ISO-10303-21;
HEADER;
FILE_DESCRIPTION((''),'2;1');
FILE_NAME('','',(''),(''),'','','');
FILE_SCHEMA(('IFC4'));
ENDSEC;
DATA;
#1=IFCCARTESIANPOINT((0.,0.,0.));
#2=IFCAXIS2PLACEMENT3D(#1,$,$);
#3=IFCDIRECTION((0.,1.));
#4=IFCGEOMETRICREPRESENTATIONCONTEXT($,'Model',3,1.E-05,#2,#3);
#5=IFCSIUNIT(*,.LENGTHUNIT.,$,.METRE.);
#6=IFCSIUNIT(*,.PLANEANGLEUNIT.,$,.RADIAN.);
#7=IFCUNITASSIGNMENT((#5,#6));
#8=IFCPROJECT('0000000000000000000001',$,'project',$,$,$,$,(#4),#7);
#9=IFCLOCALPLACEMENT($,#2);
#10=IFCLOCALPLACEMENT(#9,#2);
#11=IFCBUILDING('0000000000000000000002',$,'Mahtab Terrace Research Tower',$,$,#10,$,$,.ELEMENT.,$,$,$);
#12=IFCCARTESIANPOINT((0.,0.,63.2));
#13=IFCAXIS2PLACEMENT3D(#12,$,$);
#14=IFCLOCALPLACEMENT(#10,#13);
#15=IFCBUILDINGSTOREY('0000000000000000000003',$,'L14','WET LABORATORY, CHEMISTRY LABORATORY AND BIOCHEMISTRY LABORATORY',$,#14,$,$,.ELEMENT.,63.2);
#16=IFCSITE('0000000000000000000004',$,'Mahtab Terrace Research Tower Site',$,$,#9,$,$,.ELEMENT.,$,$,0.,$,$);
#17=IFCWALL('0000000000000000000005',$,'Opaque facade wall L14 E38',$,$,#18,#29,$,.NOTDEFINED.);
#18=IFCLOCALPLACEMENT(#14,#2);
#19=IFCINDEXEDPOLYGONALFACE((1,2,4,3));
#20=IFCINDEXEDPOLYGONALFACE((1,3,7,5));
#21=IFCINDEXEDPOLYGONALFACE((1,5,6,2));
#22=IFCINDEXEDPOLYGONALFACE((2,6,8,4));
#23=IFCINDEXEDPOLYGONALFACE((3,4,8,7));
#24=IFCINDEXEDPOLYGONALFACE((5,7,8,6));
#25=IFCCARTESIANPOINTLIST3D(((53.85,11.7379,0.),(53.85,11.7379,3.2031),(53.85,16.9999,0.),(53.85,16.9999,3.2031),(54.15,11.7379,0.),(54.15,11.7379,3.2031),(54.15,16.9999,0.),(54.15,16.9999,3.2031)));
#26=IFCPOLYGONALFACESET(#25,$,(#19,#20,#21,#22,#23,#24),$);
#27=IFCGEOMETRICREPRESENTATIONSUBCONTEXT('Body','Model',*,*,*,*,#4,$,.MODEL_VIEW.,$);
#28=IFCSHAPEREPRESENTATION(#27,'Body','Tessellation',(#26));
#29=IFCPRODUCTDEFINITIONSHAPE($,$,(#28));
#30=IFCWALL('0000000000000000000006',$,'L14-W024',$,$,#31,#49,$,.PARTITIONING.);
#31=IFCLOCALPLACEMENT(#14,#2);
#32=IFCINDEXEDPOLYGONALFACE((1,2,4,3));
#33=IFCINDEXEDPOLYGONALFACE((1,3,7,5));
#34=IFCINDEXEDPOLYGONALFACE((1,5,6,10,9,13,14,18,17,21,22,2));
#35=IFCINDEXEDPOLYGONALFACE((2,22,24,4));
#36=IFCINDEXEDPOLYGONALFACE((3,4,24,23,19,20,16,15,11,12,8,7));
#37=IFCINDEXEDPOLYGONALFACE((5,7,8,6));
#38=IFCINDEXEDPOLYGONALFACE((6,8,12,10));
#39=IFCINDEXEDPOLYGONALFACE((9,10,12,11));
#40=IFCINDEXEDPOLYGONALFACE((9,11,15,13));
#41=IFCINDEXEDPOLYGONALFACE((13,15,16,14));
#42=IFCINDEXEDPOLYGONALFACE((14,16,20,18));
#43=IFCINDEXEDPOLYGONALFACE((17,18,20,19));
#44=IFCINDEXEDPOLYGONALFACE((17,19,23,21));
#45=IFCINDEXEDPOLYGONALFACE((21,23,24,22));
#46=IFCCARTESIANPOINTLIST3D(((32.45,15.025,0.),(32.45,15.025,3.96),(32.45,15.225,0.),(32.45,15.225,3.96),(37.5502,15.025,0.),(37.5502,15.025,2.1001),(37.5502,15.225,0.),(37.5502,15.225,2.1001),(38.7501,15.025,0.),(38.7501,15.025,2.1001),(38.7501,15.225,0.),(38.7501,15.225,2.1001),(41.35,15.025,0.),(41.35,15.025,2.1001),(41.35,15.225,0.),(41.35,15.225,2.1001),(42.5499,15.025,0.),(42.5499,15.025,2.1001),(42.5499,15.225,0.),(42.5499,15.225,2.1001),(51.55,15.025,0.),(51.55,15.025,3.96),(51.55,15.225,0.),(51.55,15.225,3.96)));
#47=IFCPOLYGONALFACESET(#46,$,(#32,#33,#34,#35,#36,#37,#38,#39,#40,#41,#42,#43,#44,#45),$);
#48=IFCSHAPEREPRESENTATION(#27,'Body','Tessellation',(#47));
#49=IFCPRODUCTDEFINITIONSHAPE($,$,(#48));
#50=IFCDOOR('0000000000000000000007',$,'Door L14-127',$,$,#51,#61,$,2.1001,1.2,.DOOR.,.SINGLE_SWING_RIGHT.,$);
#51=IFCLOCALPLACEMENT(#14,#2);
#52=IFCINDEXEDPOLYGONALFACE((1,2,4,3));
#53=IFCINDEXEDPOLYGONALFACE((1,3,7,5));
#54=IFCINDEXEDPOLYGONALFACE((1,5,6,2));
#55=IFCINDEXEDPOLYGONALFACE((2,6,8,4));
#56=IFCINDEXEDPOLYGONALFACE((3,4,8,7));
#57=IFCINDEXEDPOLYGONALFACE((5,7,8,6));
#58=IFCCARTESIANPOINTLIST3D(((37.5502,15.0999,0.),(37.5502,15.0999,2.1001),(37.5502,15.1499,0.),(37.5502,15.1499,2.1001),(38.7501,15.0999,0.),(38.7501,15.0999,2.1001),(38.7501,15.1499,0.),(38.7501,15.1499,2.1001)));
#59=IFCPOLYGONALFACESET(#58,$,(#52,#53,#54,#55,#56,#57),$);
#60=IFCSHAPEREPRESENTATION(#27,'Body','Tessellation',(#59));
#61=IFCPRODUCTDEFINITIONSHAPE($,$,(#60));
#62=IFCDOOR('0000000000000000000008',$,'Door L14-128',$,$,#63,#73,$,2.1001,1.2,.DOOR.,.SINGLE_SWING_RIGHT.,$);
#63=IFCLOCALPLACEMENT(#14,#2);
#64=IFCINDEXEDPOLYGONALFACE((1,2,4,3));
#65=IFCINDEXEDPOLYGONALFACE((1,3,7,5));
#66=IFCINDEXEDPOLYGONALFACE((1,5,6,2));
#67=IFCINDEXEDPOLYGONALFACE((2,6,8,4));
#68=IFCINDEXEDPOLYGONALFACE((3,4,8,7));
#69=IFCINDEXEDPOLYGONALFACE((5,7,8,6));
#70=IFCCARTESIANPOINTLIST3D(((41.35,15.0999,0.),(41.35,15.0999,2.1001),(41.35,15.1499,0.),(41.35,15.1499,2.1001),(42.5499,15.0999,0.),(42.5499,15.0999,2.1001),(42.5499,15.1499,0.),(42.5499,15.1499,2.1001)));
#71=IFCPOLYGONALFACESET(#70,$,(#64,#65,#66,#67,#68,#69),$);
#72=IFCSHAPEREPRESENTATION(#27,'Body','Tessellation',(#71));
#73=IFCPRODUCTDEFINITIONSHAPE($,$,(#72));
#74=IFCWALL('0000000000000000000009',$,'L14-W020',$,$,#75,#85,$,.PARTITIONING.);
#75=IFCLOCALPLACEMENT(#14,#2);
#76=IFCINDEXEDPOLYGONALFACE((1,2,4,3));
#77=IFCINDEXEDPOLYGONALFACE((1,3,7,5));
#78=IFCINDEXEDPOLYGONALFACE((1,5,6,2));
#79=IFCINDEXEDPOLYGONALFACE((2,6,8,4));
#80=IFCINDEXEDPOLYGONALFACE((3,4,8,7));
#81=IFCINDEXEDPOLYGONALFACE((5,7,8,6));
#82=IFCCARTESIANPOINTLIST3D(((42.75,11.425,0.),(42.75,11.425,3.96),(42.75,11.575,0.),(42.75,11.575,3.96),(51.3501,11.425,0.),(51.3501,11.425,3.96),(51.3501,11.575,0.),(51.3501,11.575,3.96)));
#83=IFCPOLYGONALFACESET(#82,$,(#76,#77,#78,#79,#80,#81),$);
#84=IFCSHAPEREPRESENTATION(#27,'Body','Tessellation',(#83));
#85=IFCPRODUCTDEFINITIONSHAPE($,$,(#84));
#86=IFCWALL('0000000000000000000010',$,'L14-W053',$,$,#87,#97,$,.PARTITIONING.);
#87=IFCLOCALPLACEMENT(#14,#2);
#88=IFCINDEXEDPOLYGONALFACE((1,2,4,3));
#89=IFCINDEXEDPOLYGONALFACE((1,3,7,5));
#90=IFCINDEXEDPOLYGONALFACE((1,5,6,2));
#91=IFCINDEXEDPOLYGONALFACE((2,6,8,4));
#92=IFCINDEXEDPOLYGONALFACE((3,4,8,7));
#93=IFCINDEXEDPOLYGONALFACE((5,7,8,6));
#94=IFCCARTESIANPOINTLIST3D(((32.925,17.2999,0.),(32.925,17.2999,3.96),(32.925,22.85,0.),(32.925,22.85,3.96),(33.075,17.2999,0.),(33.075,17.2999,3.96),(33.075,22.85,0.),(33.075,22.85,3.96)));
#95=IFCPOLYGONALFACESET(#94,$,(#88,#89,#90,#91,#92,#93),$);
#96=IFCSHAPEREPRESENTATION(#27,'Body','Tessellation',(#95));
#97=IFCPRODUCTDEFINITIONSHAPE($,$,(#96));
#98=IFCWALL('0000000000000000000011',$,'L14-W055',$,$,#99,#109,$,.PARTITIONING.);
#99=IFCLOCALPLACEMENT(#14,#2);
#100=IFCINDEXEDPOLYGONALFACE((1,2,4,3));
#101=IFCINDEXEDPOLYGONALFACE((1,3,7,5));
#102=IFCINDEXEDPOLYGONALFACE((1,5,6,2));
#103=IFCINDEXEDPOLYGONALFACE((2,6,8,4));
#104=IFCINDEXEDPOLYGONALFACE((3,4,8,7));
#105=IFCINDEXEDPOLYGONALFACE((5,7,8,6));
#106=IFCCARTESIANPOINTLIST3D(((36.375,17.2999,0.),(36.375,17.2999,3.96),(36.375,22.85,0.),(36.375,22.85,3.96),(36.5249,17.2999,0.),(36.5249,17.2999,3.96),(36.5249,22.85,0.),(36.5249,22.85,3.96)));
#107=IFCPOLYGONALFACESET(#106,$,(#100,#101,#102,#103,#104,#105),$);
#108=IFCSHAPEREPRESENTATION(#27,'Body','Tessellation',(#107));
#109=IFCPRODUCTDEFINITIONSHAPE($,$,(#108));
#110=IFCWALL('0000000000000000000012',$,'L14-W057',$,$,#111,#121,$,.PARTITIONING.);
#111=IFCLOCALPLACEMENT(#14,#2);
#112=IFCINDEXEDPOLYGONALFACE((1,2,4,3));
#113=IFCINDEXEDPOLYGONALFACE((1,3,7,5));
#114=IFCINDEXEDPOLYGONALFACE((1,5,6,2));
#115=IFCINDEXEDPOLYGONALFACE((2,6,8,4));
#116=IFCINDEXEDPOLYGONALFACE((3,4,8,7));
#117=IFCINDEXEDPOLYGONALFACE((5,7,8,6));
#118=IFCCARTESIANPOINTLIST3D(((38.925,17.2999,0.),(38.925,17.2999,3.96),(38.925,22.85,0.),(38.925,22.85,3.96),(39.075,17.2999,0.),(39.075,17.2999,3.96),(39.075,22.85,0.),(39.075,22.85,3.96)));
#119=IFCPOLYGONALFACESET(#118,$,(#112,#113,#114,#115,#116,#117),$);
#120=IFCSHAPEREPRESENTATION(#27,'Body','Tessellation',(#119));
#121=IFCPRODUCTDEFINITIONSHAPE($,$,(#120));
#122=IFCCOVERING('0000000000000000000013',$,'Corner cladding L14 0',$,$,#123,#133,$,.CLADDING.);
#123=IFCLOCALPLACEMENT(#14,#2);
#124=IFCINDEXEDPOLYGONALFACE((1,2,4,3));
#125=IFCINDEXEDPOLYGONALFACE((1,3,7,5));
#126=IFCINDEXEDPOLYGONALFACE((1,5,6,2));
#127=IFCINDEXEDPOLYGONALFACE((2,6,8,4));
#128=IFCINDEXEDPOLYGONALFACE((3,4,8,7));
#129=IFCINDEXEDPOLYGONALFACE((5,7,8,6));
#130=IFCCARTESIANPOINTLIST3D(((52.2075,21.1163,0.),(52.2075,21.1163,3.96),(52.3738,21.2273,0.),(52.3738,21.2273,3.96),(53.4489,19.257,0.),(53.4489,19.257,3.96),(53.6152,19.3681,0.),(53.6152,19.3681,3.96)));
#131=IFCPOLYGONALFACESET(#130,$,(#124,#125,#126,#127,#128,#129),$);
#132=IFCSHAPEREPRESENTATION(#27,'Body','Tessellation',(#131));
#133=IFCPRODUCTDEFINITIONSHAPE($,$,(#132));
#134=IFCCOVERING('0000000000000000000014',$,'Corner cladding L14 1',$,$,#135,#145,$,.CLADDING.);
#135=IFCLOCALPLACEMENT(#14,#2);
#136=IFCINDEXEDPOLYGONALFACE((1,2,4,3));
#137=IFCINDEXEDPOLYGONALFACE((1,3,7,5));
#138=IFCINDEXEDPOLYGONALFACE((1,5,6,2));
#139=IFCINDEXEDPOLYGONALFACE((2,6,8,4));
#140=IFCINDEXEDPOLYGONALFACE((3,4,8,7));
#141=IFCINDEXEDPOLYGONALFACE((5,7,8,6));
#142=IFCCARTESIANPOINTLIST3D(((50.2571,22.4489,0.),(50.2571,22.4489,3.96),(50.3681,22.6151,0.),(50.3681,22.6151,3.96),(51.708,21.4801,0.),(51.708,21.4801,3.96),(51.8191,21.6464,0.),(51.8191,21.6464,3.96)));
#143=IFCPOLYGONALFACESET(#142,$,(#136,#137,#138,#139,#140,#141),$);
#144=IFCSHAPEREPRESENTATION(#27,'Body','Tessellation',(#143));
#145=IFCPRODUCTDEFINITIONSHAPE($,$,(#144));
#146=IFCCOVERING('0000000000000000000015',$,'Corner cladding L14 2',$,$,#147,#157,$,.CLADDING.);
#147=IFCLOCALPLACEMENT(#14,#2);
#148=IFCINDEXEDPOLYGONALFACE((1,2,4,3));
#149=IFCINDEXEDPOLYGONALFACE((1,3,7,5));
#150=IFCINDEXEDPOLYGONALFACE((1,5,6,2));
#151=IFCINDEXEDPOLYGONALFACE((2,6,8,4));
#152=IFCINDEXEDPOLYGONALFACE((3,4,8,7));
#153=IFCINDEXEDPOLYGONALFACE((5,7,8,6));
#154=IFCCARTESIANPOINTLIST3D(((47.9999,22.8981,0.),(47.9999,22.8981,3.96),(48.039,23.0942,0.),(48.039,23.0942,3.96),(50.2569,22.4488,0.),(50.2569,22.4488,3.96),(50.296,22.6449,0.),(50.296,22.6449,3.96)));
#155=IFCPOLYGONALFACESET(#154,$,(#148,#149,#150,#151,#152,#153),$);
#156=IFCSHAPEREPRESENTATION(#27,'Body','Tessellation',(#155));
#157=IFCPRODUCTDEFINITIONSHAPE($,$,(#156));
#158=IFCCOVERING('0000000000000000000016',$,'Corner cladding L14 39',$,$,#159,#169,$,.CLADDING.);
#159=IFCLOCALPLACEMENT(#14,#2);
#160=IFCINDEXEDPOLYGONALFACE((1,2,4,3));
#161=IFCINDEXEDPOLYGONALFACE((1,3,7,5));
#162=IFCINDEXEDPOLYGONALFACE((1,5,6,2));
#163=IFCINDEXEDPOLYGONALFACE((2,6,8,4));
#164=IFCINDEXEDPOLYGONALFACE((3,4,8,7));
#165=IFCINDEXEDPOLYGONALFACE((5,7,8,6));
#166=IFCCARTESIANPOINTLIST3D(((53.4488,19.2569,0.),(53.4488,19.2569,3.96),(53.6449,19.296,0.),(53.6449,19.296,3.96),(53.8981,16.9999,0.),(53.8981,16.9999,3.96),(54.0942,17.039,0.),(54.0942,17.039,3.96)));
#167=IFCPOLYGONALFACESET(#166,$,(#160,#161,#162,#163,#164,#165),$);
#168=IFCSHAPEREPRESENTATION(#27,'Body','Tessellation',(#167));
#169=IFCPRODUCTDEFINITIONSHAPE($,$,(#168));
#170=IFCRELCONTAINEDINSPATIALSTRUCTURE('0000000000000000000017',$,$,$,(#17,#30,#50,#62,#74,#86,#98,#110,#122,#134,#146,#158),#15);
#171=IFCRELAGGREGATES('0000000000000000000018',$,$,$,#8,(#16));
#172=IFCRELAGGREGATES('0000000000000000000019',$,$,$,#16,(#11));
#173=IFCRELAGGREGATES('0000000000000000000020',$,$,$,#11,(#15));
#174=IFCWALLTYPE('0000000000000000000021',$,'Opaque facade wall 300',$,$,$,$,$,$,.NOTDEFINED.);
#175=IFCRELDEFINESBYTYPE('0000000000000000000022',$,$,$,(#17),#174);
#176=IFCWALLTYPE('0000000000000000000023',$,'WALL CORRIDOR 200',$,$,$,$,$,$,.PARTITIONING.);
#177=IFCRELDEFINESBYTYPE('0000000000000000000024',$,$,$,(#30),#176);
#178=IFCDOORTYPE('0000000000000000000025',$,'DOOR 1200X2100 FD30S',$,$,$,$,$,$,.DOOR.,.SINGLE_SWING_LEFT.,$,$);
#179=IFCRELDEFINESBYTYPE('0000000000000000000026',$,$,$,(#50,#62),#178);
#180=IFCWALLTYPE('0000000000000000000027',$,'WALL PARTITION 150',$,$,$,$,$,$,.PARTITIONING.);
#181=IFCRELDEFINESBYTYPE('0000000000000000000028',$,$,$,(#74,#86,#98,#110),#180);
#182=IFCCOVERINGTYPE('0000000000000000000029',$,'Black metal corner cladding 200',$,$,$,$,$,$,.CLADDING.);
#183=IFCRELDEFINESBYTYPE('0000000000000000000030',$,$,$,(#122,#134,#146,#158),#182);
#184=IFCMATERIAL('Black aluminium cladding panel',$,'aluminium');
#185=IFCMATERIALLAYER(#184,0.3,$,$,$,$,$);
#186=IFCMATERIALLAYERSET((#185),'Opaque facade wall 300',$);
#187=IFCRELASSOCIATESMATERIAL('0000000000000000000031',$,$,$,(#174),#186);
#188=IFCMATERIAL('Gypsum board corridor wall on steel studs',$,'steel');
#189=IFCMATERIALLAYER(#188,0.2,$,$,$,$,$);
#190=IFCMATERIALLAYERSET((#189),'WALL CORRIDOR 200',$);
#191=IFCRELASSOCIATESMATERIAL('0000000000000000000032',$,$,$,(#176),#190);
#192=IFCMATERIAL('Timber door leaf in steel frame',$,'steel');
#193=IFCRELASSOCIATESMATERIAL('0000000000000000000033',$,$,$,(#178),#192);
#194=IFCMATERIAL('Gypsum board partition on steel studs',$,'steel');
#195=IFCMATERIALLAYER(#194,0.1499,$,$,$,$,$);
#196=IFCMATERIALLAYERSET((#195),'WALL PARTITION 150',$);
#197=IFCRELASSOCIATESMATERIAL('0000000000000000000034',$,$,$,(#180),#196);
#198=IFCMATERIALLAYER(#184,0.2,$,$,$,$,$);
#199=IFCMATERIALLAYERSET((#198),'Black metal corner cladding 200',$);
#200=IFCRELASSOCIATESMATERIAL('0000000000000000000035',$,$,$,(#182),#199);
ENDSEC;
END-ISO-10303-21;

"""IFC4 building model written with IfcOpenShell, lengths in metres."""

from ifc_helpers import new_model, si_unit, direction, frame, frame_2d, origin, origin_2d, place, context, subcontext, project, spatial, rectangle, extrude, material, layer, layer_set, type_object, element, fill, save


model = new_model("IFC4")

# Units and contexts
model_context = context("Model", 3, precision=1e-05, world=origin(), true_north=direction((0.0, 1.0)))
body_context = subcontext(model_context, "Body", "Model", "MODEL_VIEW")
ifc_project = project(units=[si_unit("LENGTHUNIT", "METRE"), si_unit("PLANEANGLEUNIT", "RADIAN")], contexts=[model_context])

# Site, building, storey
site_placement = place(None, origin())
site = spatial("IfcSite", under=ifc_project, at=site_placement, Name="Mahtab Terrace Research Tower Site", CompositionType="ELEMENT", RefElevation=0.0)
building_placement = place(site_placement, origin())
building = spatial("IfcBuilding", under=site, at=building_placement, Name="Mahtab Terrace Research Tower", CompositionType="ELEMENT")
storey_placement = place(building_placement, frame((0.0, 0.0, 63.2)))
storey = spatial("IfcBuildingStorey", under=building, at=storey_placement, Name="L14", Description="WET LABORATORY, CHEMISTRY LABORATORY AND BIOCHEMISTRY LABORATORY", CompositionType="ELEMENT", Elevation=63.2)

# Wall
ifc_material_1 = material(Name="Black aluminium cladding panel", Category="aluminium")
ifc_layer_1 = layer(ifc_material_1, 0.3)
ifc_layer_set_1 = layer_set([ifc_layer_1], Name="Opaque facade wall 300")
wall_type_1 = type_object("IfcWallType", Name="Opaque facade wall 300", PredefinedType="NOTDEFINED", material=ifc_layer_set_1)
wall_1_placement = place(storey_placement, frame((54.0, 11.738, 0.0), z_axis=(0.0, 0.0, 1.0), x_axis=(0.0, 1.0, 0.0)))
element("IfcWall", 1, at=wall_1_placement, inside=storey, type_object=wall_type_1, Name="Opaque facade wall L14 E38", PredefinedType="NOTDEFINED", context=body_context, shape_type="SweptSolid", body=[
    extrude(rectangle(XDim=5.262, YDim=0.3, at=frame_2d((2.6309, 0.0))), origin(), (0.0, 0.0, 1.0), 3.2031),
])

# Wall, openings, doors
ifc_material_2 = material(Name="Gypsum board corridor wall on steel studs", Category="steel")
ifc_layer_2 = layer(ifc_material_2, 0.2)
ifc_layer_set_2 = layer_set([ifc_layer_2], Name="WALL CORRIDOR 200")
wall_type_2 = type_object("IfcWallType", Name="WALL CORRIDOR 200", PredefinedType="PARTITIONING", material=ifc_layer_set_2)
wall_2_placement = place(storey_placement, frame((32.45, 15.125, 0.0), z_axis=(0.0, 0.0, 1.0), x_axis=(1.0, 0.0, 0.0)))
wall_2 = element("IfcWall", 2, at=wall_2_placement, inside=storey, type_object=wall_type_2, Name="L14-W024", PredefinedType="PARTITIONING", context=body_context, shape_type="SweptSolid", body=[
    extrude(rectangle(XDim=19.1001, YDim=0.2, at=frame_2d((9.55, 0.0))), origin(), (0.0, 0.0, 1.0), 3.96),
])
opening_1_placement = place(wall_2_placement, frame((5.1001, 0.0, 0.0)))
opening_1 = element("IfcOpeningElement", 3, at=opening_1_placement, cuts=wall_2, PredefinedType="OPENING", context=body_context, shape_type="SweptSolid", body=[
    extrude(rectangle(XDim=1.2, YDim=2.1001, at=frame_2d((0.6001, 1.05))), frame((0.0, 0.1099, 0.0), z_axis=(0.0, -1.0, 0.0), x_axis=(1.0, 0.0, 0.0)), (0.0, 0.0, 1.0), 0.22),
])
opening_2_placement = place(wall_2_placement, frame((8.8999, 0.0, 0.0)))
opening_2 = element("IfcOpeningElement", 4, at=opening_2_placement, cuts=wall_2, PredefinedType="OPENING", context=body_context, shape_type="SweptSolid", body=[
    extrude(rectangle(XDim=1.2, YDim=2.1001, at=frame_2d((0.6001, 1.05))), frame((0.0, 0.1099, 0.0), z_axis=(0.0, -1.0, 0.0), x_axis=(1.0, 0.0, 0.0)), (0.0, 0.0, 1.0), 0.22),
])
ifc_material_3 = material(Name="Timber door leaf in steel frame", Category="steel")
door_type = type_object("IfcDoorType", Name="DOOR 1200X2100 FD30S", OperationType="SINGLE_SWING_LEFT", PredefinedType="DOOR", material=ifc_material_3)
door_1_placement = place(opening_1_placement, origin())
door_1 = element("IfcDoor", 5, at=door_1_placement, inside=storey, type_object=door_type, Name="Door L14-127", OperationType="SINGLE_SWING_RIGHT", OverallHeight=2.1001, OverallWidth=1.2, PredefinedType="DOOR", context=body_context, shape_type="SweptSolid", body=[
    extrude(rectangle(XDim=1.2, YDim=2.1001, at=frame_2d((0.6001, 1.05))), frame((0.0, 0.0249, 0.0), z_axis=(0.0, -1.0, 0.0), x_axis=(1.0, 0.0, 0.0)), (0.0, 0.0, 1.0), 0.05),
])
fill(opening_1, door_1)
door_2_placement = place(opening_2_placement, origin())
door_2 = element("IfcDoor", 6, at=door_2_placement, inside=storey, type_object=door_type, Name="Door L14-128", OperationType="SINGLE_SWING_RIGHT", OverallHeight=2.1001, OverallWidth=1.2, PredefinedType="DOOR", context=body_context, shape_type="SweptSolid", body=[
    extrude(rectangle(XDim=1.2, YDim=2.1001, at=frame_2d((0.6001, 1.05))), frame((0.0, 0.0249, 0.0), z_axis=(0.0, -1.0, 0.0), x_axis=(1.0, 0.0, 0.0)), (0.0, 0.0, 1.0), 0.05),
])
fill(opening_2, door_2)

# Walls
ifc_material_4 = material(Name="Gypsum board partition on steel studs", Category="steel")
ifc_layer_3 = layer(ifc_material_4, 0.1499)
ifc_layer_set_3 = layer_set([ifc_layer_3], Name="WALL PARTITION 150")
wall_type_3 = type_object("IfcWallType", Name="WALL PARTITION 150", PredefinedType="PARTITIONING", material=ifc_layer_set_3)
wall_3_placement = place(storey_placement, frame((42.75, 11.5, 0.0), z_axis=(0.0, 0.0, 1.0), x_axis=(1.0, 0.0, 0.0)))
element("IfcWall", 7, at=wall_3_placement, inside=storey, type_object=wall_type_3, Name="L14-W020", PredefinedType="PARTITIONING", context=body_context, shape_type="SweptSolid", body=[
    extrude(rectangle(XDim=8.6001, YDim=0.1499, at=frame_2d((4.3, 0.0))), origin(), (0.0, 0.0, 1.0), 3.96),
])
for number, where, z_axis, x_axis, name in (
    (8, (33.0, 17.3, 0.0), (0.0, 0.0, 1.0), (0.0, 1.0, 0.0), "L14-W053"),
    (9, (36.45, 17.3, 0.0), (0.0, 0.0, 1.0), (0.0, 1.0, 0.0), "L14-W055"),
    (10, (39.0, 17.3, 0.0), (0.0, 0.0, 1.0), (0.0, 1.0, 0.0), "L14-W057"),
):
    element("IfcWall", number, at=place(storey_placement, frame(where, z_axis=z_axis, x_axis=x_axis)), inside=storey, type_object=wall_type_3, Name=name, PredefinedType="PARTITIONING", context=body_context, shape_type="SweptSolid", body=[
        extrude(rectangle(XDim=5.55, YDim=0.1499, at=frame_2d((2.7749, 0.0))), origin(), (0.0, 0.0, 1.0), 3.96),
    ])

# Coverings
ifc_layer_4 = layer(ifc_material_1, 0.2)
ifc_layer_set_4 = layer_set([ifc_layer_4], Name="Black metal corner cladding 200")
covering_type_1 = type_object("IfcCoveringType", Name="Black metal corner cladding 200", PredefinedType="CLADDING", material=ifc_layer_set_4)
covering_1_placement = place(storey_placement, frame((52.9114, 20.2422, 0.0), z_axis=(0.0, 0.0, 1.0), x_axis=(-0.555291, 0.831656, 0.0)))
element("IfcCovering", 11, at=covering_1_placement, inside=storey, type_object=covering_type_1, Name="Corner cladding L14 0", PredefinedType="CLADDING", context=body_context, shape_type="SweptSolid", body=[
    extrude(rectangle(XDim=2.2356, YDim=0.2, at=origin_2d()), origin(), (0.0, 0.0, 1.0), 3.96),
])
covering_2_placement = place(storey_placement, frame((51.0381, 22.0476, 0.0), z_axis=(0.0, 0.0, 1.0), x_axis=(-0.831656, 0.555291, 0.0)))
element("IfcCovering", 12, at=covering_2_placement, inside=storey, type_object=covering_type_1, Name="Corner cladding L14 1", PredefinedType="CLADDING", context=body_context, shape_type="SweptSolid", body=[
    extrude(rectangle(XDim=1.7446, YDim=0.2, at=origin_2d()), origin(), (0.0, 0.0, 1.0), 3.96),
])
for number, where, z_axis, x_axis, name in (
    (13, (49.1479, 22.7715, 0.0), (0.0, 0.0, 1.0), (-0.980761, 0.195212, 0.0), "Corner cladding L14 2"),
    (14, (53.7715, 18.1479, 0.0), (0.0, 0.0, 1.0), (-0.195212, 0.980761, 0.0), "Corner cladding L14 39"),
):
    element("IfcCovering", number, at=place(storey_placement, frame(where, z_axis=z_axis, x_axis=x_axis)), inside=storey, type_object=covering_type_1, Name=name, PredefinedType="CLADDING", context=body_context, shape_type="SweptSolid", body=[
        extrude(rectangle(XDim=2.3013, YDim=0.2, at=origin_2d()), origin(), (0.0, 0.0, 1.0), 3.96),
    ])

save(model, "model.ifc")
